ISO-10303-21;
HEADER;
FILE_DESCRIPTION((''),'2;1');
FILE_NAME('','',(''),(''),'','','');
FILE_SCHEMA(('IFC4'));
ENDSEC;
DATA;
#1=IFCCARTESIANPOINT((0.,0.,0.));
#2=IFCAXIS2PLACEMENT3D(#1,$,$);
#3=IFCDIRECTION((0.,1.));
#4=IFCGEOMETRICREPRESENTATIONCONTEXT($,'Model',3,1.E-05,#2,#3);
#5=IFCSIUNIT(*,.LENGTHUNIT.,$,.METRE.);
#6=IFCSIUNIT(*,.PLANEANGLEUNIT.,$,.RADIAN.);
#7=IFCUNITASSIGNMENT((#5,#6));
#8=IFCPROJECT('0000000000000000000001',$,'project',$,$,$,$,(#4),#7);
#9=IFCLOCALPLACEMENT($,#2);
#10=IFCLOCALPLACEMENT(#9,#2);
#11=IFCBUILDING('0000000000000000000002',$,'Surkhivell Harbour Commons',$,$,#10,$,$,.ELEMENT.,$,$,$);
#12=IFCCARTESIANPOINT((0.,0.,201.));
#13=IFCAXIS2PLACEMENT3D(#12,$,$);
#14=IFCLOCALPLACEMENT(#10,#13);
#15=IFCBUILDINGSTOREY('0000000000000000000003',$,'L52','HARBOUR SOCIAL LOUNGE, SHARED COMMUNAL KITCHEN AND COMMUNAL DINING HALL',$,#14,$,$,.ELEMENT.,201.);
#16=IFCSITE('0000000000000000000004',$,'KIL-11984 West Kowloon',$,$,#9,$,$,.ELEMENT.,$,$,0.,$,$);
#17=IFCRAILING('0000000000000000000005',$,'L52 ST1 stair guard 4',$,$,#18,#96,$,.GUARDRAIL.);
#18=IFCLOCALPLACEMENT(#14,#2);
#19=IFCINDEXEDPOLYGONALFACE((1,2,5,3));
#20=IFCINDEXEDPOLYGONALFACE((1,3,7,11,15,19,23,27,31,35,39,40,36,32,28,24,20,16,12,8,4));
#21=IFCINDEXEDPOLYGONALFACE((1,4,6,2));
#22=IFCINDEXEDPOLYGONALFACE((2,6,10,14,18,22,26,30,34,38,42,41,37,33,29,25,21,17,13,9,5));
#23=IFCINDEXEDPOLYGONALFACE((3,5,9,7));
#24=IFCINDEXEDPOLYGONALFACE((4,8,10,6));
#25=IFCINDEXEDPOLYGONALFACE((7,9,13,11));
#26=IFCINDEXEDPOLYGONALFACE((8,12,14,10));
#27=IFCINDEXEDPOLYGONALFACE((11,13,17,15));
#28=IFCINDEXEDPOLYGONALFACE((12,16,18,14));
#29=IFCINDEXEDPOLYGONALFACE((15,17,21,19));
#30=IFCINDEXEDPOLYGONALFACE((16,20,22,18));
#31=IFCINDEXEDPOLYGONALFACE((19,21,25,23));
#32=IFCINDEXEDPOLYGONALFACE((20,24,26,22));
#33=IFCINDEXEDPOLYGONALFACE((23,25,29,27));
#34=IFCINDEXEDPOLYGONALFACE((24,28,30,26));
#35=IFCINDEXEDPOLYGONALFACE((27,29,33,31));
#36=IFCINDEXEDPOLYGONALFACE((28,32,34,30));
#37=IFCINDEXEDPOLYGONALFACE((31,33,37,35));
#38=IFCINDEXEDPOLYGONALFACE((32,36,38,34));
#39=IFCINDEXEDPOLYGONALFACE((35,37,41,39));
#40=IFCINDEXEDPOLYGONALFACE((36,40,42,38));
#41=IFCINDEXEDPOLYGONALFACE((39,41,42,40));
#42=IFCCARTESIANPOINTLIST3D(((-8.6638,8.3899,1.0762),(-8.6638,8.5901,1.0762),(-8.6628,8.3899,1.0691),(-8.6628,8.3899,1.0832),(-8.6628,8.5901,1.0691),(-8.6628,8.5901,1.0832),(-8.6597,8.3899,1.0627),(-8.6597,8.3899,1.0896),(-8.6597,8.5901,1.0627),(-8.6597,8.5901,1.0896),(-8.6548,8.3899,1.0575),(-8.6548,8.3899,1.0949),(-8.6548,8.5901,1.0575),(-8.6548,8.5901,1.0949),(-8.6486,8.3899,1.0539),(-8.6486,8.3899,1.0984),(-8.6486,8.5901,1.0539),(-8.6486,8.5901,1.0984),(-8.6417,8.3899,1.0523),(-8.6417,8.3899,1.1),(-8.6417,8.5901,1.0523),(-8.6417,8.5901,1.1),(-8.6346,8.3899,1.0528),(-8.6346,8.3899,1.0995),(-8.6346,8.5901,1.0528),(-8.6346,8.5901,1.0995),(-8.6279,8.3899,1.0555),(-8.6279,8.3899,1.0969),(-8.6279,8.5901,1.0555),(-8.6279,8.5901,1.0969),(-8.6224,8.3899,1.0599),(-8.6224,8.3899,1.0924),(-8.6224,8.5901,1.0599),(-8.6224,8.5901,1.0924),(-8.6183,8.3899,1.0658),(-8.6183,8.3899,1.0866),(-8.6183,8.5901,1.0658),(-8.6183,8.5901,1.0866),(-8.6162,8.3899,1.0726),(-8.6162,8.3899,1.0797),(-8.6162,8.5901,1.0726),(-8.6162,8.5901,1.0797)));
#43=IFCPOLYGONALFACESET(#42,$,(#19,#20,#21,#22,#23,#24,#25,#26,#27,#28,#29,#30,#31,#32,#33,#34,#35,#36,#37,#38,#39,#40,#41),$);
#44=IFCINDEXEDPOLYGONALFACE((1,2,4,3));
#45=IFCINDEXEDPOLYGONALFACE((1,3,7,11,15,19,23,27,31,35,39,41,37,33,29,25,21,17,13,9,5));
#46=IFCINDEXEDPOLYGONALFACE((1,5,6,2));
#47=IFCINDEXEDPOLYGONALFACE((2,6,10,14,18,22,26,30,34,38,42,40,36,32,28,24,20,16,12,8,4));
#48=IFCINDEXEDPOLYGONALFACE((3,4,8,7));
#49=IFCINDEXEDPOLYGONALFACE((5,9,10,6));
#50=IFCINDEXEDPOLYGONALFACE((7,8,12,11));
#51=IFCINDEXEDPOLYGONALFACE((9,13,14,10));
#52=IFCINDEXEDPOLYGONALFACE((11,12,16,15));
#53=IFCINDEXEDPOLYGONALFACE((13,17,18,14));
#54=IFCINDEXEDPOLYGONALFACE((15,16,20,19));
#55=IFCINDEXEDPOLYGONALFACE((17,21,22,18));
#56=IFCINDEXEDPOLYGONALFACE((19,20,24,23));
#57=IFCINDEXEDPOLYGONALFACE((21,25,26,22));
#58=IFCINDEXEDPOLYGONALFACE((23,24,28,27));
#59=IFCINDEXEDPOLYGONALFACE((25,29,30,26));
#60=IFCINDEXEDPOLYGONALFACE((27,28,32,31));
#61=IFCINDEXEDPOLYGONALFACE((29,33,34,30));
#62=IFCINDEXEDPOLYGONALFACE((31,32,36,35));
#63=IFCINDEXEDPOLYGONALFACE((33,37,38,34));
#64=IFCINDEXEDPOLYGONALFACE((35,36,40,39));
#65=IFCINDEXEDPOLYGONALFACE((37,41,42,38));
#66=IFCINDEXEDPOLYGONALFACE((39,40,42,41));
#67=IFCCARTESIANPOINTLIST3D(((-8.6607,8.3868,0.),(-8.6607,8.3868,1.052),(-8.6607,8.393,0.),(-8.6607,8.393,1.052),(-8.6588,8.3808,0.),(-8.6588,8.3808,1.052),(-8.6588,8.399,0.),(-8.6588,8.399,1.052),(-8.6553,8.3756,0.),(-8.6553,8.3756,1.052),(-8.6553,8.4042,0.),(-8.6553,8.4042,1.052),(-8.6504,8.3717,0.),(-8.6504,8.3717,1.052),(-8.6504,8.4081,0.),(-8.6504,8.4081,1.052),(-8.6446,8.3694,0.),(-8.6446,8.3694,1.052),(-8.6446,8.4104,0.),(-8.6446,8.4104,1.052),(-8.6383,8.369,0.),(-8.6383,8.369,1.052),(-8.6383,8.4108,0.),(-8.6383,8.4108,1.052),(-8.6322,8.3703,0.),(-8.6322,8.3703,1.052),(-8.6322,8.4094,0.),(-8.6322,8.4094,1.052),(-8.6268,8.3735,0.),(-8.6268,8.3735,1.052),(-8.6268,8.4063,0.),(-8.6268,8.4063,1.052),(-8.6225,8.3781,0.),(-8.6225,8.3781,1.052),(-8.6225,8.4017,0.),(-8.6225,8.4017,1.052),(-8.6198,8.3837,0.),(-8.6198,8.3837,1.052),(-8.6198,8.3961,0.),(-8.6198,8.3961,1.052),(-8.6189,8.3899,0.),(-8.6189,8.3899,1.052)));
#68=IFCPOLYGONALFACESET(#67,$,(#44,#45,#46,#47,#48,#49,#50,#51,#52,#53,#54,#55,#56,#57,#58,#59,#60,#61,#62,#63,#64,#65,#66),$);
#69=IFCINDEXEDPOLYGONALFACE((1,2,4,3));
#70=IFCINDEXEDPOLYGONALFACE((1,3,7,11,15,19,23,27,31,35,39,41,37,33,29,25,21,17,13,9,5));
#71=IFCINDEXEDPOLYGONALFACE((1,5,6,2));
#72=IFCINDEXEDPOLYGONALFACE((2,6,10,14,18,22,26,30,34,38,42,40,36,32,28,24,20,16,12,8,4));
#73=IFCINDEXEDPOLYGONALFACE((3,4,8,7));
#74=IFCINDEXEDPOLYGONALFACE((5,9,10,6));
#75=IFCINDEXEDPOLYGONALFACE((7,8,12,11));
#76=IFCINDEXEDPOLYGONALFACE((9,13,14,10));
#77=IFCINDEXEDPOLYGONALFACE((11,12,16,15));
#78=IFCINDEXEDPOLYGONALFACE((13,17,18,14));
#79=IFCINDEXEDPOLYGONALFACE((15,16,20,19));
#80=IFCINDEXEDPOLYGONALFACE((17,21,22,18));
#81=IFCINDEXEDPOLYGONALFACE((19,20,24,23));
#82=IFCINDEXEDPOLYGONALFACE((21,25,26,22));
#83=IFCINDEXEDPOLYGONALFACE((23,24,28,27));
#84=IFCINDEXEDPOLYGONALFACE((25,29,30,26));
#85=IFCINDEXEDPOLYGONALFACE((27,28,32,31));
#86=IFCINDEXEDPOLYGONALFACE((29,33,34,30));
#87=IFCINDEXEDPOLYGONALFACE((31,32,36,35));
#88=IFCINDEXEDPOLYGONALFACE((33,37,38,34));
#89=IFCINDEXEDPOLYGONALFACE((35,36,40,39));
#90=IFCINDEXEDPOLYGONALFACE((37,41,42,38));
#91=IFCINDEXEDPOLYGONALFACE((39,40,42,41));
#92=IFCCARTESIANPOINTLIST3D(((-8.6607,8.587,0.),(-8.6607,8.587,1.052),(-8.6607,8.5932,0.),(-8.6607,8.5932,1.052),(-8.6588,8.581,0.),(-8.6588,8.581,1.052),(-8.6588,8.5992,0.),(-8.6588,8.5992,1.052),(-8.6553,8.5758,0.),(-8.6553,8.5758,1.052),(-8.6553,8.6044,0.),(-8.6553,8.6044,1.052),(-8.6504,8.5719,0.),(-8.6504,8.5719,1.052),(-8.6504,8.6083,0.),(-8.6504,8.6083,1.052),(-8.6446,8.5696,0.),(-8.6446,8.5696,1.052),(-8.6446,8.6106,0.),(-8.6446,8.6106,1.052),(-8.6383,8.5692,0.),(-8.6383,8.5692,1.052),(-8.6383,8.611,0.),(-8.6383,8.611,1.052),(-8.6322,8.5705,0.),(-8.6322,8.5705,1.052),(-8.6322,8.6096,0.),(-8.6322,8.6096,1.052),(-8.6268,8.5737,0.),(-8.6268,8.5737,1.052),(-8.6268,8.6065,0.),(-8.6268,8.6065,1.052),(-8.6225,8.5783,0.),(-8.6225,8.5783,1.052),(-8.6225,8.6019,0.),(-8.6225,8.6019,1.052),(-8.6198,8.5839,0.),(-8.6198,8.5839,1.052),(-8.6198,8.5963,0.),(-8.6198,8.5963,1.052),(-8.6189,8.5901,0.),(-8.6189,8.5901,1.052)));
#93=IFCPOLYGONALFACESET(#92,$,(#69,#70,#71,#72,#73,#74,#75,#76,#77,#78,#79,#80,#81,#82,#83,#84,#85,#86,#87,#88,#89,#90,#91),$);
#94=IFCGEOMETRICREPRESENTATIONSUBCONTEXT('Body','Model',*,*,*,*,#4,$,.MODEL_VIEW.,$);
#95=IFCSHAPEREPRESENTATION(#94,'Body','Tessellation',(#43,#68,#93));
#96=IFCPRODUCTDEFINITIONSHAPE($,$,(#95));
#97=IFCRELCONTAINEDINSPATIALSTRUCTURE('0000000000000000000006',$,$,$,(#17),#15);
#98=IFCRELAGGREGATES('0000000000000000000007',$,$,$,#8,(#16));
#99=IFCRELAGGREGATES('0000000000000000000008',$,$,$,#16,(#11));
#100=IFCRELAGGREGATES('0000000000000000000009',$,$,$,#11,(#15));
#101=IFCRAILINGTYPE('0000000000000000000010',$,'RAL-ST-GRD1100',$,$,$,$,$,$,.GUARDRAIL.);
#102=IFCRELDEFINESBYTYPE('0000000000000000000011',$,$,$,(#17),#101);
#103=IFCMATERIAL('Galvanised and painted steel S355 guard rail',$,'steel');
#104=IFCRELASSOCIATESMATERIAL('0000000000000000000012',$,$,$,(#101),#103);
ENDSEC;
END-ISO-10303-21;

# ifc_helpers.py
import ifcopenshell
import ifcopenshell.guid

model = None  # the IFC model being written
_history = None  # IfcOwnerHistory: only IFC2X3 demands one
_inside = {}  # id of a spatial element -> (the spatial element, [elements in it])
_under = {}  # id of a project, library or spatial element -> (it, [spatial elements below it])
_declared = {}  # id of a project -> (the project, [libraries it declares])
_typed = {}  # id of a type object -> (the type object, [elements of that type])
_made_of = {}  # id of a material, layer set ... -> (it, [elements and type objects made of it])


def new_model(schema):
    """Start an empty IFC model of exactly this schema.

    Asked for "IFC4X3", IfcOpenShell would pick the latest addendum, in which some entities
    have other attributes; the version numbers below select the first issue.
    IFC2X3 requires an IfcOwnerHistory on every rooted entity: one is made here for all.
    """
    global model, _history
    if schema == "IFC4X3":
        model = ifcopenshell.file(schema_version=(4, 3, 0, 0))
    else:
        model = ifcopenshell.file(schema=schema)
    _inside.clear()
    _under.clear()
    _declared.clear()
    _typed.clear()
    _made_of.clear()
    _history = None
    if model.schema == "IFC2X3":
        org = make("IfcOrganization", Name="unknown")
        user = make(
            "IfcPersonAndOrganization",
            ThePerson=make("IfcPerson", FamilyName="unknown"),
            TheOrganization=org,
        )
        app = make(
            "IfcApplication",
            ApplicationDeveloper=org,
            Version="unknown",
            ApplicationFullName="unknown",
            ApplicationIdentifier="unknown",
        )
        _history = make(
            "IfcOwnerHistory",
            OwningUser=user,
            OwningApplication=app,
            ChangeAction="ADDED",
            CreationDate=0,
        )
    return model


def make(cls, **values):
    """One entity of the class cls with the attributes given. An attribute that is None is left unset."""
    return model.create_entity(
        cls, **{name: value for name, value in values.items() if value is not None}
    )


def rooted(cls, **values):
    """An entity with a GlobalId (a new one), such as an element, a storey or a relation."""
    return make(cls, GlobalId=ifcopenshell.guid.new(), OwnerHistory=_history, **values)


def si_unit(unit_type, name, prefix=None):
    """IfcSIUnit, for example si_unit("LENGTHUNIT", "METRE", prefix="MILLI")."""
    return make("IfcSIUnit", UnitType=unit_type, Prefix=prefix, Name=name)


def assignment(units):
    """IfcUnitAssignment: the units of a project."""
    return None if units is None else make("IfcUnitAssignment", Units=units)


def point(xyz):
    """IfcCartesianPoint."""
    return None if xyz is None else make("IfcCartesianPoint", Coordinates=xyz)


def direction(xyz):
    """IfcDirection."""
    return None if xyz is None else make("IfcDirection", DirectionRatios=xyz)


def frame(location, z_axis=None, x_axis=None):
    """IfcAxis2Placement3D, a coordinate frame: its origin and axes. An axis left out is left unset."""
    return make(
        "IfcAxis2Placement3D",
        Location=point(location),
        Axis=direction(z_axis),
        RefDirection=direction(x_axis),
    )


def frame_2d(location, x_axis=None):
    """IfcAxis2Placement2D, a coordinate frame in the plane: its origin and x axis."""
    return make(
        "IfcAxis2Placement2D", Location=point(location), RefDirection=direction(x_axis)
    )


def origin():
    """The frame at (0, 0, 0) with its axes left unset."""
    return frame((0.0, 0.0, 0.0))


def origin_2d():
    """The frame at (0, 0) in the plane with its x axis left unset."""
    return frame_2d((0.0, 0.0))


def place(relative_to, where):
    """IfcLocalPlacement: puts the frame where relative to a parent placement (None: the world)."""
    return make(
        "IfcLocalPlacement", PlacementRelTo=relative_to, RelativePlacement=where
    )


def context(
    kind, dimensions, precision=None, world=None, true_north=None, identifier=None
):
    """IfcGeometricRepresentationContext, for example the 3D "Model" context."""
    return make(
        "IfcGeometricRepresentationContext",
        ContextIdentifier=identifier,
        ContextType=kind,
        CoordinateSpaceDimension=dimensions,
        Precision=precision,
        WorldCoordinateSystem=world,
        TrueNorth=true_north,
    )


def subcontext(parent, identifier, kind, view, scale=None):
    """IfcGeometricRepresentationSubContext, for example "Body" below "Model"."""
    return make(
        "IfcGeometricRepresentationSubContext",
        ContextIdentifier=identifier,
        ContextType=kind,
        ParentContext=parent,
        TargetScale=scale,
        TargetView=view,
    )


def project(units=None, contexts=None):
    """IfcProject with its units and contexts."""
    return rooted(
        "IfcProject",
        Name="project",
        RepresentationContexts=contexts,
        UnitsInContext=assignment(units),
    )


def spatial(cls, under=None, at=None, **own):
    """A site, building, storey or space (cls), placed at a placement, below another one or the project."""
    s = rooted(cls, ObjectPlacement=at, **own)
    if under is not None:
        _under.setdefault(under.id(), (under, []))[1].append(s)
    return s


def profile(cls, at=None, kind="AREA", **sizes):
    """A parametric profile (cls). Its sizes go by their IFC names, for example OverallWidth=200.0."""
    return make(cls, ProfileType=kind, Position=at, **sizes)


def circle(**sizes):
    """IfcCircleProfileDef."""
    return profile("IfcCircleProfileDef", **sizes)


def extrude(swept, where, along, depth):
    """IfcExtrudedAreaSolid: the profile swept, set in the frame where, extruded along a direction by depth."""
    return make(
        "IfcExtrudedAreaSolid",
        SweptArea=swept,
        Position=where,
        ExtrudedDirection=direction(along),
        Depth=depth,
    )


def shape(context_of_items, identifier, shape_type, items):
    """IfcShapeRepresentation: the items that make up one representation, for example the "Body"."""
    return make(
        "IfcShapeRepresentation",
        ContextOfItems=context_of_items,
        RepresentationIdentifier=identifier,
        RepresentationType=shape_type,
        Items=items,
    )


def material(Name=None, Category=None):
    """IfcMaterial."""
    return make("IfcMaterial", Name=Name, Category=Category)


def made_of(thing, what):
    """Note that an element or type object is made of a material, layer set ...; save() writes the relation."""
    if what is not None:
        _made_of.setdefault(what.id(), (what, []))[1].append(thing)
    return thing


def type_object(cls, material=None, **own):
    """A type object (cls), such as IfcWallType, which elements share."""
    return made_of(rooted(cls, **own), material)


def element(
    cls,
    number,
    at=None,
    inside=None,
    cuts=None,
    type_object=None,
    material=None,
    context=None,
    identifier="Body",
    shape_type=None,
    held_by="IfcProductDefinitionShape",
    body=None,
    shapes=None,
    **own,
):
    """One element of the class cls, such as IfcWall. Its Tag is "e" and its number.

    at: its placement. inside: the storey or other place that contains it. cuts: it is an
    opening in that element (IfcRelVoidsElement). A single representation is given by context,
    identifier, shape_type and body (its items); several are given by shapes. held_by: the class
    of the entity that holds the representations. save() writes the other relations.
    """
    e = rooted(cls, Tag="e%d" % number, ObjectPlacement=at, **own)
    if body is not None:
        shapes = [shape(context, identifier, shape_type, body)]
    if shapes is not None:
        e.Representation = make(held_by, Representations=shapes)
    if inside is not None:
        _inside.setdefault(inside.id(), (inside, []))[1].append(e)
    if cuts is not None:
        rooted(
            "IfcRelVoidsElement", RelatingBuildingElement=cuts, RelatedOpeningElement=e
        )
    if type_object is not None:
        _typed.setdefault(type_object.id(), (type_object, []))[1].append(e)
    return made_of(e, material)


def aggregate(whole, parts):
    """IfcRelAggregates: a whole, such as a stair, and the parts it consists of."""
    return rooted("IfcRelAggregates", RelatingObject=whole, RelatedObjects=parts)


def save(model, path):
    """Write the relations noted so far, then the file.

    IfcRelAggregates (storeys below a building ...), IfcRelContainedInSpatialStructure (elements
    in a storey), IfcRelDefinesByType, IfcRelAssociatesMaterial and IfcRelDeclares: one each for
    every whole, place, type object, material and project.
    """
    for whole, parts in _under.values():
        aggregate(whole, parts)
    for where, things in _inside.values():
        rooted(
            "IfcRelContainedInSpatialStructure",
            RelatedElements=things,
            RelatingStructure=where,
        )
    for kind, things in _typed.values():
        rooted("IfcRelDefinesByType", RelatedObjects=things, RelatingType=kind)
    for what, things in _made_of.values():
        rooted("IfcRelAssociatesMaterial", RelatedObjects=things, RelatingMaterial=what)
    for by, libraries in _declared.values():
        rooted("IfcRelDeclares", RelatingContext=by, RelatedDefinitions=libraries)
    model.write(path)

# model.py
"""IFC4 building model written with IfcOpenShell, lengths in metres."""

from ifc_helpers import new_model, si_unit, direction, frame, origin, origin_2d, place, context, subcontext, project, spatial, circle, extrude, material, type_object, element, save


model = new_model("IFC4")

# Units and contexts
model_context = context("Model", 3, precision=1e-05, world=origin(), true_north=direction((0.0, 1.0)))
body_context = subcontext(model_context, "Body", "Model", "MODEL_VIEW")
ifc_project = project(units=[si_unit("LENGTHUNIT", "METRE"), si_unit("PLANEANGLEUNIT", "RADIAN")], contexts=[model_context])

# Site, building, storey
site_placement = place(None, origin())
site = spatial("IfcSite", under=ifc_project, at=site_placement, Name="KIL-11984 West Kowloon", CompositionType="ELEMENT", RefElevation=0.0)
building_placement = place(site_placement, origin())
building = spatial("IfcBuilding", under=site, at=building_placement, Name="Surkhivell Harbour Commons", CompositionType="ELEMENT")
storey_placement = place(building_placement, frame((0.0, 0.0, 201.0)))
storey = spatial("IfcBuildingStorey", under=building, at=storey_placement, Name="L52", Description="HARBOUR SOCIAL LOUNGE, SHARED COMMUNAL KITCHEN AND COMMUNAL DINING HALL", CompositionType="ELEMENT", Elevation=201.0)

# Railing
ifc_material_1 = material(Name="Galvanised and painted steel S355 guard rail", Category="steel")
railing_type_1 = type_object("IfcRailingType", Name="RAL-ST-GRD1100", PredefinedType="GUARDRAIL", material=ifc_material_1)
railing_1_placement = place(storey_placement, frame((-8.6399, 8.3899, 0.0)))
element("IfcRailing", 1, at=railing_1_placement, inside=storey, type_object=railing_type_1, Name="L52 ST1 stair guard 4", PredefinedType="GUARDRAIL", context=body_context, shape_type="SweptSolid", body=[
    extrude(circle(Radius=0.0239, at=origin_2d()), frame((0.0, 0.0, 1.0762), z_axis=(0.0, 1.0, 0.0), x_axis=(-1.0, 0.0, 0.0)), (0.0, 0.0, 1.0), 0.2002),
    extrude(circle(Radius=0.021, at=origin_2d()), origin(), (0.0, 0.0, 1.0), 1.052),
    extrude(circle(Radius=0.021, at=origin_2d()), frame((0.0, 0.2002, 0.0)), (0.0, 0.0, 1.0), 1.052),
])

save(model, "model.ifc")
